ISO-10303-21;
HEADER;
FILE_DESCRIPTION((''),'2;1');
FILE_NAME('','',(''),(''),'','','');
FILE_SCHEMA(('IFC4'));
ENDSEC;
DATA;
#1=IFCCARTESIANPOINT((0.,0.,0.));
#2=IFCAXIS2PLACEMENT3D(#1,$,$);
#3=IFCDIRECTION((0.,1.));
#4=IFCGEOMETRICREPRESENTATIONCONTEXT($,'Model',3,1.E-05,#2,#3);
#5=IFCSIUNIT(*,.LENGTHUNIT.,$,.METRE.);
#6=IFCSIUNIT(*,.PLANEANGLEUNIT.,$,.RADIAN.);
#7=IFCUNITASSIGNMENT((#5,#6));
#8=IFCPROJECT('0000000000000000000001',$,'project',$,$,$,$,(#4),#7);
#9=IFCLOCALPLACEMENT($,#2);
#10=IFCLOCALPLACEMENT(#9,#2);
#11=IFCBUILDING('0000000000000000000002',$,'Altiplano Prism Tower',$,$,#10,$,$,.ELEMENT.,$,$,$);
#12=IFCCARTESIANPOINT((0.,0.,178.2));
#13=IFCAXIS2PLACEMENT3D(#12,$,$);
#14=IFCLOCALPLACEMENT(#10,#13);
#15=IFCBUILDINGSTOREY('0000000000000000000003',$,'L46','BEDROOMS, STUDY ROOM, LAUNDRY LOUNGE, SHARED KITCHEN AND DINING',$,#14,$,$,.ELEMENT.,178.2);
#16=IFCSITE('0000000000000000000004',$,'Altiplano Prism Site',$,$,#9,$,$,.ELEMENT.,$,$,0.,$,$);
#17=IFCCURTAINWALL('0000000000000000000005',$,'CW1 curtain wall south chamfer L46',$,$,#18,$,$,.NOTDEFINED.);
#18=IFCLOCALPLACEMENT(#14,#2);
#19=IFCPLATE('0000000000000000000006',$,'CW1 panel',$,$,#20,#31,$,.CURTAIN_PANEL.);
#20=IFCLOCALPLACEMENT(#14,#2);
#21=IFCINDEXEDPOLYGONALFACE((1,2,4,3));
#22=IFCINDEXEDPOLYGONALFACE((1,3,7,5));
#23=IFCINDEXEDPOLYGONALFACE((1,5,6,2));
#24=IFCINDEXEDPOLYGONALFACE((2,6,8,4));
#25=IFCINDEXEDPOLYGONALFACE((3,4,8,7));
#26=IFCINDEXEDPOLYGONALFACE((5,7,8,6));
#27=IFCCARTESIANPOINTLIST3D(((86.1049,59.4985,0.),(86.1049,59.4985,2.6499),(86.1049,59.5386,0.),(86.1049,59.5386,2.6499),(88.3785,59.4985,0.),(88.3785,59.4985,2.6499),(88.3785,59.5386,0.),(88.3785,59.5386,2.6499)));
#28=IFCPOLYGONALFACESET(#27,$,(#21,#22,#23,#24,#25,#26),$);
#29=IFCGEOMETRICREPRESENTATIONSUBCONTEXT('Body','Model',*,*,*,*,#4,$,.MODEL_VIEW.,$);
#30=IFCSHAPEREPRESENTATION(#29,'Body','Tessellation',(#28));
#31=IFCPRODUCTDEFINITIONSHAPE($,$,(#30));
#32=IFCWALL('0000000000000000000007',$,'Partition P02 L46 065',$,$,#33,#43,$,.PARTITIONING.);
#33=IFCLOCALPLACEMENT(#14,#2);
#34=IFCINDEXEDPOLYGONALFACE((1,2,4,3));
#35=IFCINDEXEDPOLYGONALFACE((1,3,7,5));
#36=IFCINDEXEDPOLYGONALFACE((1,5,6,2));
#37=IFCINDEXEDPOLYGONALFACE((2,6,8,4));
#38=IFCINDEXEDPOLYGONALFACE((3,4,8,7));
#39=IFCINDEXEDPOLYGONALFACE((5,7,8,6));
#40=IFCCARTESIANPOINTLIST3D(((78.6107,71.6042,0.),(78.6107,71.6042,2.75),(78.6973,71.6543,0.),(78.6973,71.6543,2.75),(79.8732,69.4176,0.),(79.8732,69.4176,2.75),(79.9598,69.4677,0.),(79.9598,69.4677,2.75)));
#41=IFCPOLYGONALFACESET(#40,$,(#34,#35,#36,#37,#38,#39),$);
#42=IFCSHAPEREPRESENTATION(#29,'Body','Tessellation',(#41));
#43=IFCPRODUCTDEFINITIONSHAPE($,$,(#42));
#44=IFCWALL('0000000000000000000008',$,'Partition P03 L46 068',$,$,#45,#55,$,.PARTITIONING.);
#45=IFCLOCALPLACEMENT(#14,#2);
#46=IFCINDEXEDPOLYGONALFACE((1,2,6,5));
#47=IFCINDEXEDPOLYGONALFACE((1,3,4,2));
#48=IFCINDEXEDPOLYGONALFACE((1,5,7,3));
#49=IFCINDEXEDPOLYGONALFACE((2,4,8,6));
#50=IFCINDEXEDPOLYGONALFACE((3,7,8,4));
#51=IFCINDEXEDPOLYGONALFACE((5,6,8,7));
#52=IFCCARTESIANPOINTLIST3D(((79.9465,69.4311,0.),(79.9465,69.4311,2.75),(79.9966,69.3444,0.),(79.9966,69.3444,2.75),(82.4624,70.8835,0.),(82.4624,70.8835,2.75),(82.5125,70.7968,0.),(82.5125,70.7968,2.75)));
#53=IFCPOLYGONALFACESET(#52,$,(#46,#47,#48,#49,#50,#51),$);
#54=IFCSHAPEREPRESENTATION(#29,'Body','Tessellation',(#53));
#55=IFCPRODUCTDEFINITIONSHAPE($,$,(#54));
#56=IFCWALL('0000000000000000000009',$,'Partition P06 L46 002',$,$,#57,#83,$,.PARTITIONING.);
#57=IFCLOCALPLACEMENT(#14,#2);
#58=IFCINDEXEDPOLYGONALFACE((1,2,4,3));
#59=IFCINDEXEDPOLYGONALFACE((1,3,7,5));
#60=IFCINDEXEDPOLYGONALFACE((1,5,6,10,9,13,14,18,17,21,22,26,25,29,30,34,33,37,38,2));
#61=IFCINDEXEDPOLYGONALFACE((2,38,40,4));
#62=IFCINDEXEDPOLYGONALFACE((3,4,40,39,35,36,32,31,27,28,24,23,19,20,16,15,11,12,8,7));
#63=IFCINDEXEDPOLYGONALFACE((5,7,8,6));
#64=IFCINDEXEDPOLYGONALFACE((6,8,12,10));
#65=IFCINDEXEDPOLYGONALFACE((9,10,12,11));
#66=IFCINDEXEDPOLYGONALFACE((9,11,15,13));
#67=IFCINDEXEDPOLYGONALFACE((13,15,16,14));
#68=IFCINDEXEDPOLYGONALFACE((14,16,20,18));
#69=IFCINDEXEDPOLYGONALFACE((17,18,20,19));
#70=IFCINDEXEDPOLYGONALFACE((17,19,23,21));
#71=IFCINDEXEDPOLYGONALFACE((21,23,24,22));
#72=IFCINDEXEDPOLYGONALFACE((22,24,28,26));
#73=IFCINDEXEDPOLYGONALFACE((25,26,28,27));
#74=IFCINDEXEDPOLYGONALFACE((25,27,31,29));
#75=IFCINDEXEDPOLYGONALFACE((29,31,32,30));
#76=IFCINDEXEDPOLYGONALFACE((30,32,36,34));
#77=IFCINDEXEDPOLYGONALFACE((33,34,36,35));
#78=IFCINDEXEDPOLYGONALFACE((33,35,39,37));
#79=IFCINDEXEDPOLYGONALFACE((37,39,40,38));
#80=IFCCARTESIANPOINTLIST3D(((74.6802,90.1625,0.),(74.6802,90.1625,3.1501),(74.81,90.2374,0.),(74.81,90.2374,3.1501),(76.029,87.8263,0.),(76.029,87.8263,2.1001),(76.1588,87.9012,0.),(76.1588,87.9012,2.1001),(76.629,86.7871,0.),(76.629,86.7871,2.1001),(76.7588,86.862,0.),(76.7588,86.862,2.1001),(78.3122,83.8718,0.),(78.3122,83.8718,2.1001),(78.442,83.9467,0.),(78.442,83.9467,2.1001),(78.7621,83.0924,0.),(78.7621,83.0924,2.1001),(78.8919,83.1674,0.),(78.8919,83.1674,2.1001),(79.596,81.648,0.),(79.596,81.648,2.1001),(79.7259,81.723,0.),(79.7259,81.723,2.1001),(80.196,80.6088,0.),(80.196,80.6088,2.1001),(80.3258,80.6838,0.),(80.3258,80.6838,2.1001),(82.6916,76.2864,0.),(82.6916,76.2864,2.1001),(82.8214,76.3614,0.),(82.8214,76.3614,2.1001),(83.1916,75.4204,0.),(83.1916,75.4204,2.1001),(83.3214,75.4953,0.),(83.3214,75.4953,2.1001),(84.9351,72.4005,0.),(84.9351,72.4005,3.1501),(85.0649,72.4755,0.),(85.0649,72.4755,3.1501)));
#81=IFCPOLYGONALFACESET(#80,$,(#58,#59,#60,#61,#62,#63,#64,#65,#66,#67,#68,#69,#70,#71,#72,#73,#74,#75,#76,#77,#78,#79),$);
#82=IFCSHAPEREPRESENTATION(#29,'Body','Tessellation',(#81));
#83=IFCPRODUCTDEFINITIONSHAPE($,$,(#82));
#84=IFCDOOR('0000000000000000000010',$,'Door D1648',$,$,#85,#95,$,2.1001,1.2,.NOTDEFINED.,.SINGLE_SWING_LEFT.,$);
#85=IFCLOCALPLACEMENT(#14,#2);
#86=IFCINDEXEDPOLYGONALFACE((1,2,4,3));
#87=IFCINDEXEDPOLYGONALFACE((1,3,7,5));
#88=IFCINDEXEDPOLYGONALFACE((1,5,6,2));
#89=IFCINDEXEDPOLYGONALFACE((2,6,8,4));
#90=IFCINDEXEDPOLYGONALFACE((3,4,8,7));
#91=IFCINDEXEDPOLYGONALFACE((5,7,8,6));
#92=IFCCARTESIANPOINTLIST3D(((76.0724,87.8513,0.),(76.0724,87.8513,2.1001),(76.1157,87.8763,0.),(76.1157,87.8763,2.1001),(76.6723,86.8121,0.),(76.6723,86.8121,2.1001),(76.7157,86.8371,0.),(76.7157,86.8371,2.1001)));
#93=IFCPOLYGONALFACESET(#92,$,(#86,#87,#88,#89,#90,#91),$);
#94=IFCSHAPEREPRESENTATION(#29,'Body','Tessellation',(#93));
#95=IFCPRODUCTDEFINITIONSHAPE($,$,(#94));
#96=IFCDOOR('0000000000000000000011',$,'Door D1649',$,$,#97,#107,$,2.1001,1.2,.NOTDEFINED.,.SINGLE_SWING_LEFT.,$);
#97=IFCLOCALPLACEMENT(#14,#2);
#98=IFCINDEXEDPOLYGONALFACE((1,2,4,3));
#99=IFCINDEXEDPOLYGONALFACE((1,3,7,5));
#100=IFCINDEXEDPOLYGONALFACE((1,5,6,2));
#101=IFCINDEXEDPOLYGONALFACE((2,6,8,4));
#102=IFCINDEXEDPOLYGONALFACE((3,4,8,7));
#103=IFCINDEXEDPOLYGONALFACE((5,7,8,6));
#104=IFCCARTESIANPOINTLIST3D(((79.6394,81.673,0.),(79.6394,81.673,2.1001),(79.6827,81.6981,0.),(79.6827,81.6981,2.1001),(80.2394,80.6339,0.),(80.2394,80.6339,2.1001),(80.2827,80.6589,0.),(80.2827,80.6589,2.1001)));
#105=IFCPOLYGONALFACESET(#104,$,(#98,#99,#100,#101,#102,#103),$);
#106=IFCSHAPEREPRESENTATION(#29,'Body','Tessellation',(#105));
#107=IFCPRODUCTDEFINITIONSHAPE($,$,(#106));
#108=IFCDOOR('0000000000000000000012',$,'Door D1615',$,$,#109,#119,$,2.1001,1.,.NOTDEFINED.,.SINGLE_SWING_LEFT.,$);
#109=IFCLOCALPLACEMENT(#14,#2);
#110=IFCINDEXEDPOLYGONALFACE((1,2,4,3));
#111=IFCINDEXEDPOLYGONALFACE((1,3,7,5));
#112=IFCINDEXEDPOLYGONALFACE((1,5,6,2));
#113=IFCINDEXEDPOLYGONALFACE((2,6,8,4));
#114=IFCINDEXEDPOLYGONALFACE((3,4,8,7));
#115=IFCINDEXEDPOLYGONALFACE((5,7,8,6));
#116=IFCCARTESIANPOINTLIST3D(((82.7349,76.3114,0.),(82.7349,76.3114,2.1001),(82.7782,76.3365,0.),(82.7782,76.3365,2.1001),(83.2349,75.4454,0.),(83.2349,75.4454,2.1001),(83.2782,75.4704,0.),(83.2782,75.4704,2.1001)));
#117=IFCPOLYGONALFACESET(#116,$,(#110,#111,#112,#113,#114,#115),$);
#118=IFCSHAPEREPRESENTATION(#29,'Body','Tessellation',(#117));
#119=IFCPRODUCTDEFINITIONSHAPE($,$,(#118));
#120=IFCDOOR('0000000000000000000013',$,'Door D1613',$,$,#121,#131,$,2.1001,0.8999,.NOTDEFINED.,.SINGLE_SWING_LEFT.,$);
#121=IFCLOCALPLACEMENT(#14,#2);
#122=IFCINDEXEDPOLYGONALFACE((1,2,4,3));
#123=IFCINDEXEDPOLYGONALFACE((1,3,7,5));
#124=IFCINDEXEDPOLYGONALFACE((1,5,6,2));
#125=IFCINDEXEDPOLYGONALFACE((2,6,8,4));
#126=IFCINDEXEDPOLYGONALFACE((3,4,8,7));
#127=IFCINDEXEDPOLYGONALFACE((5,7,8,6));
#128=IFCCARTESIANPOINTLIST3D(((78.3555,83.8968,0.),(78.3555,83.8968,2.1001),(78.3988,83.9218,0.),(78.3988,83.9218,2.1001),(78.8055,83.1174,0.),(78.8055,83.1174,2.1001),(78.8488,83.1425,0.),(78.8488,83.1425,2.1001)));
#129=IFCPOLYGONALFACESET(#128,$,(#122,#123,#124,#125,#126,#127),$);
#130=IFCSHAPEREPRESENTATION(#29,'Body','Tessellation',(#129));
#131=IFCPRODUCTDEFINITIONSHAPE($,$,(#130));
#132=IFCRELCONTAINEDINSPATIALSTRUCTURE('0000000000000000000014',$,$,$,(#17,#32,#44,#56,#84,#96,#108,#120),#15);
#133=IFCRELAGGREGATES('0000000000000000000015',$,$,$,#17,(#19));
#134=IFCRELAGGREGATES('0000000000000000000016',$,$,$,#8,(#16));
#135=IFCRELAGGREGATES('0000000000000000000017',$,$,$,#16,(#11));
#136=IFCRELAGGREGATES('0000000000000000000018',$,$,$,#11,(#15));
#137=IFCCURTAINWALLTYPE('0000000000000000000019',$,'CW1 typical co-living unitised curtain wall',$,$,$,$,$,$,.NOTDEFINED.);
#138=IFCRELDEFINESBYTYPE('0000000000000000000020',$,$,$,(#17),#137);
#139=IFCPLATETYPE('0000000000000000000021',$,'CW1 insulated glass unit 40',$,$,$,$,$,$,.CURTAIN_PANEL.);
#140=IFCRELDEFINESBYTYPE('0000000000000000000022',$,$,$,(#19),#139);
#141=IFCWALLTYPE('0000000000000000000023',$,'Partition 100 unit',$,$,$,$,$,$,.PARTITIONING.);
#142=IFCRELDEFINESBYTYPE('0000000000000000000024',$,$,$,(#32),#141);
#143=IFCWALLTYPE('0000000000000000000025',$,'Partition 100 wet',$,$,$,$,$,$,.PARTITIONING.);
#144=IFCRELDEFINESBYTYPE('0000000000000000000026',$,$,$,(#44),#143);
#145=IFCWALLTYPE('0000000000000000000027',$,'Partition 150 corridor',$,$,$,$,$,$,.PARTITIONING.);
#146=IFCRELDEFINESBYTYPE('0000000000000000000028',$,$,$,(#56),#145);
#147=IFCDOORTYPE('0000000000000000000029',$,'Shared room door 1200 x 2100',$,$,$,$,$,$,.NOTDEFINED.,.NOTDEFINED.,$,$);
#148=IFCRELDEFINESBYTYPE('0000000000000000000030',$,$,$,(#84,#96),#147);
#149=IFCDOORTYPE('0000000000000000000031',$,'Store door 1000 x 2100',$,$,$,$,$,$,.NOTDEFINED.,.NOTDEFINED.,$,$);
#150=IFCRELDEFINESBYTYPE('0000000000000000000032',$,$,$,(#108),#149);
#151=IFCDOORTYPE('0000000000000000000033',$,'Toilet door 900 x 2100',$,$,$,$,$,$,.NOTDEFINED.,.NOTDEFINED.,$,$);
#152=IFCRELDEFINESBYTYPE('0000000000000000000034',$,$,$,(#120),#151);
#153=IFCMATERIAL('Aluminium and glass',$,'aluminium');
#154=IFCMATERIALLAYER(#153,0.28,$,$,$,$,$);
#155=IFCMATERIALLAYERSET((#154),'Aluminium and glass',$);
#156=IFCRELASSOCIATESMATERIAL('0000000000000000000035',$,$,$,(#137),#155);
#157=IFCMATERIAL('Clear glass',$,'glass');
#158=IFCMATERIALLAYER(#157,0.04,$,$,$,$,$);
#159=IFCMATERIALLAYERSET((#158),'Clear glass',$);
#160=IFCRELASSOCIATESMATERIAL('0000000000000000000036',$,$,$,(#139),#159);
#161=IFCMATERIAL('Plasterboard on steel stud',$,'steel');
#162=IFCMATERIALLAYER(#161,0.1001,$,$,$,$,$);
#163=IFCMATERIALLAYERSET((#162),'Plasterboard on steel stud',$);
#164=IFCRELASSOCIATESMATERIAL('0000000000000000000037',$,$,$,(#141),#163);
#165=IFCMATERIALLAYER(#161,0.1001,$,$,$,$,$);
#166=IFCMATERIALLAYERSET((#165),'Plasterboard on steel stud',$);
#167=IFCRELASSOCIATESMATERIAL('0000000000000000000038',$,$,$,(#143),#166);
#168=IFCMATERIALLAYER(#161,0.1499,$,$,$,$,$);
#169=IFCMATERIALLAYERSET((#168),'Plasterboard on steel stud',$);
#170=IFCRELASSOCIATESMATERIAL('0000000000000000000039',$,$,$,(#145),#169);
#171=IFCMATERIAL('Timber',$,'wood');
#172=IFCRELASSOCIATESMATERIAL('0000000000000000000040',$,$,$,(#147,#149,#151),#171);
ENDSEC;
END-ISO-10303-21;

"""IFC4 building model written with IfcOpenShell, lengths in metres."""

from ifc_helpers import new_model, si_unit, direction, frame, frame_2d, origin, origin_2d, place, context, subcontext, project, spatial, rectangle, extrude, material, layer, layer_set, type_object, element, fill, aggregate, save


model = new_model("IFC4")

# Units and contexts
model_context = context("Model", 3, precision=1e-05, world=origin(), true_north=direction((0.0, 1.0)))
body_context = subcontext(model_context, "Body", "Model", "MODEL_VIEW")
ifc_project = project(units=[si_unit("LENGTHUNIT", "METRE"), si_unit("PLANEANGLEUNIT", "RADIAN")], contexts=[model_context])

# Site, building, storey
site_placement = place(None, origin())
site = spatial("IfcSite", under=ifc_project, at=site_placement, Name="Altiplano Prism Site", CompositionType="ELEMENT", RefElevation=0.0)
building_placement = place(site_placement, origin())
building = spatial("IfcBuilding", under=site, at=building_placement, Name="Altiplano Prism Tower", CompositionType="ELEMENT")
storey_placement = place(building_placement, frame((0.0, 0.0, 178.2)))
storey = spatial("IfcBuildingStorey", under=building, at=storey_placement, Name="L46", Description="BEDROOMS, STUDY ROOM, LAUNDRY LOUNGE, SHARED KITCHEN AND DINING", CompositionType="ELEMENT", Elevation=178.2)

# Shared definitions
ifc_material_1 = material(Name="Aluminium and glass", Category="aluminium")
ifc_layer_1 = layer(ifc_material_1, 0.28)
ifc_layer_set_1 = layer_set([ifc_layer_1], Name="Aluminium and glass")
curtain_wall_type = type_object("IfcCurtainWallType", Name="CW1 typical co-living unitised curtain wall", PredefinedType="NOTDEFINED", material=ifc_layer_set_1)

# Curtain wall
curtain_wall_1_placement = place(storey_placement, origin())
curtain_wall_1 = element("IfcCurtainWall", 1, at=curtain_wall_1_placement, inside=storey, type_object=curtain_wall_type, Name="CW1 curtain wall south chamfer L46", PredefinedType="NOTDEFINED")

# Plate
ifc_material_2 = material(Name="Clear glass", Category="glass")
ifc_layer_2 = layer(ifc_material_2, 0.04)
ifc_layer_set_2 = layer_set([ifc_layer_2], Name="Clear glass")
plate_type = type_object("IfcPlateType", Name="CW1 insulated glass unit 40", PredefinedType="CURTAIN_PANEL", material=ifc_layer_set_2)
plate_1_placement = place(storey_placement, frame((87.2417, 59.5186, 0.0), z_axis=(0.0, 0.0, 1.0), x_axis=(1.0, 0.0, 0.0)))
plate_1 = element("IfcPlate", 2, at=plate_1_placement, type_object=plate_type, Name="CW1 panel", PredefinedType="CURTAIN_PANEL", context=body_context, shape_type="SweptSolid", body=[
    extrude(rectangle(XDim=2.2737, YDim=0.04, at=origin_2d()), origin(), (0.0, 0.0, 1.0), 2.6499),
])
aggregate(curtain_wall_1, [plate_1])

# Walls
ifc_material_3 = material(Name="Plasterboard on steel stud", Category="steel")
ifc_layer_3 = layer(ifc_material_3, 0.1001)
ifc_layer_set_3 = layer_set([ifc_layer_3], Name="Plasterboard on steel stud")
wall_type_1 = type_object("IfcWallType", Name="Partition 100 unit", PredefinedType="PARTITIONING", material=ifc_layer_set_3)
wall_1_placement = place(storey_placement, frame((79.9165, 69.4426, 0.0), z_axis=(0.0, 0.0, 1.0), x_axis=(-0.500018, 0.866015, 0.0)))
element("IfcWall", 3, at=wall_1_placement, inside=storey, type_object=wall_type_1, Name="Partition P02 L46 065", PredefinedType="PARTITIONING", context=body_context, shape_type="SweptSolid", body=[
    extrude(rectangle(XDim=2.5249, YDim=0.1001, at=frame_2d((1.2625, 0.0))), origin(), (0.0, 0.0, 1.0), 2.75),
])
ifc_layer_4 = layer(ifc_material_3, 0.1001)
ifc_layer_set_4 = layer_set([ifc_layer_4], Name="Plasterboard on steel stud")
wall_type_2 = type_object("IfcWallType", Name="Partition 100 wet", PredefinedType="PARTITIONING", material=ifc_layer_set_4)
wall_2_placement = place(storey_placement, frame((79.9714, 69.3877, 0.0), z_axis=(0.0, 0.0, 1.0), x_axis=(0.866047, 0.499963, 0.0)))
element("IfcWall", 4, at=wall_2_placement, inside=storey, type_object=wall_type_2, Name="Partition P03 L46 068", PredefinedType="PARTITIONING", context=body_context, shape_type="SweptSolid", body=[
    extrude(rectangle(XDim=2.905, YDim=0.1001, at=frame_2d((1.4526, 0.0))), origin(), (0.0, 0.0, 1.0), 2.75),
])

# Wall, openings, doors
ifc_layer_5 = layer(ifc_material_3, 0.1499)
ifc_layer_set_5 = layer_set([ifc_layer_5], Name="Plasterboard on steel stud")
wall_type_3 = type_object("IfcWallType", Name="Partition 150 corridor", PredefinedType="PARTITIONING", material=ifc_layer_set_5)
wall_3_placement = place(storey_placement, frame((85.0, 72.438, 0.0), z_axis=(0.0, 0.0, 1.0), x_axis=(-0.5, 0.866025, 0.0)))
wall_3 = element("IfcWall", 5, at=wall_3_placement, inside=storey, type_object=wall_type_3, Name="Partition P06 L46 002", PredefinedType="PARTITIONING", context=body_context, shape_type="SweptSolid", body=[
    extrude(rectangle(XDim=20.5098, YDim=0.1499, at=frame_2d((10.2549, 0.0))), origin(), (0.0, 0.0, 1.0), 3.1501),
])
opening_1_placement = place(wall_3_placement, frame((12.3459, 0.0, 0.0)))
opening_1 = element("IfcOpeningElement", 6, at=opening_1_placement, cuts=wall_3, PredefinedType="OPENING", context=body_context, shape_type="SweptSolid", body=[
    extrude(rectangle(XDim=0.8999, YDim=2.1001, at=frame_2d((0.45, 1.05))), frame((0.0, 0.0854, 0.0), z_axis=(0.0, -1.0, 0.0), x_axis=(1.0, 0.0, 0.0)), (0.0, 0.0, 1.0), 0.1709),
])
opening_2_placement = place(wall_3_placement, frame((3.4871, 0.0, 0.0)))
opening_2 = element("IfcOpeningElement", 7, at=opening_2_placement, cuts=wall_3, PredefinedType="OPENING", context=body_context, shape_type="SweptSolid", body=[
    extrude(rectangle(XDim=1.0, YDim=2.1001, at=frame_2d((0.5, 1.05))), frame((0.0, 0.0854, 0.0), z_axis=(0.0, -1.0, 0.0), x_axis=(1.0, 0.0, 0.0)), (0.0, 0.0, 1.0), 0.1709),
])
opening_3_placement = place(wall_3_placement, frame((16.6121, 0.0, 0.0)))
opening_3 = element("IfcOpeningElement", 8, at=opening_3_placement, cuts=wall_3, PredefinedType="OPENING", context=body_context, shape_type="SweptSolid", body=[
    extrude(rectangle(XDim=1.2, YDim=2.1001, at=frame_2d((0.6001, 1.05))), frame((0.0, 0.0854, 0.0), z_axis=(0.0, -1.0, 0.0), x_axis=(1.0, 0.0, 0.0)), (0.0, 0.0, 1.0), 0.1709),
])
opening_4_placement = place(wall_3_placement, frame((9.478, 0.0, 0.0)))
opening_4 = element("IfcOpeningElement", 9, at=opening_4_placement, cuts=wall_3, PredefinedType="OPENING", context=body_context, shape_type="SweptSolid", body=[
    extrude(rectangle(XDim=1.2, YDim=2.1001, at=frame_2d((0.6001, 1.05))), frame((0.0, 0.0854, 0.0), z_axis=(0.0, -1.0, 0.0), x_axis=(1.0, 0.0, 0.0)), (0.0, 0.0, 1.0), 0.1709),
])
ifc_material_4 = material(Name="Timber", Category="wood")
door_type_1 = type_object("IfcDoorType", Name="Shared room door 1200 x 2100", OperationType="NOTDEFINED", PredefinedType="NOTDEFINED", material=ifc_material_4)
door_1_placement = place(opening_3_placement, origin())
door_1 = element("IfcDoor", 10, at=door_1_placement, inside=storey, type_object=door_type_1, Name="Door D1648", OperationType="SINGLE_SWING_LEFT", OverallHeight=2.1001, OverallWidth=1.2, PredefinedType="NOTDEFINED", context=body_context, shape_type="SweptSolid", body=[
    extrude(rectangle(XDim=1.2, YDim=2.1001, at=frame_2d((0.6001, 1.05))), frame((0.0, 0.0249, 0.0), z_axis=(0.0, -1.0, 0.0), x_axis=(1.0, 0.0, 0.0)), (0.0, 0.0, 1.0), 0.05),
])
fill(opening_3, door_1)
door_2_placement = place(opening_4_placement, origin())
door_2 = element("IfcDoor", 11, at=door_2_placement, inside=storey, type_object=door_type_1, Name="Door D1649", OperationType="SINGLE_SWING_LEFT", OverallHeight=2.1001, OverallWidth=1.2, PredefinedType="NOTDEFINED", context=body_context, shape_type="SweptSolid", body=[
    extrude(rectangle(XDim=1.2, YDim=2.1001, at=frame_2d((0.6001, 1.05))), frame((0.0, 0.0249, 0.0), z_axis=(0.0, -1.0, 0.0), x_axis=(1.0, 0.0, 0.0)), (0.0, 0.0, 1.0), 0.05),
])
fill(opening_4, door_2)
door_type_2 = type_object("IfcDoorType", Name="Store door 1000 x 2100", OperationType="NOTDEFINED", PredefinedType="NOTDEFINED", material=ifc_material_4)
door_3_placement = place(opening_2_placement, origin())
door_3 = element("IfcDoor", 12, at=door_3_placement, inside=storey, type_object=door_type_2, Name="Door D1615", OperationType="SINGLE_SWING_LEFT", OverallHeight=2.1001, OverallWidth=1.0, PredefinedType="NOTDEFINED", context=body_context, shape_type="SweptSolid", body=[
    extrude(rectangle(XDim=1.0, YDim=2.1001, at=frame_2d((0.5, 1.05))), frame((0.0, 0.0249, 0.0), z_axis=(0.0, -1.0, 0.0), x_axis=(1.0, 0.0, 0.0)), (0.0, 0.0, 1.0), 0.05),
])
fill(opening_2, door_3)
door_type_3 = type_object("IfcDoorType", Name="Toilet door 900 x 2100", OperationType="NOTDEFINED", PredefinedType="NOTDEFINED", material=ifc_material_4)
door_4_placement = place(opening_1_placement, origin())
door_4 = element("IfcDoor", 13, at=door_4_placement, inside=storey, type_object=door_type_3, Name="Door D1613", OperationType="SINGLE_SWING_LEFT", OverallHeight=2.1001, OverallWidth=0.8999, PredefinedType="NOTDEFINED", context=body_context, shape_type="SweptSolid", body=[
    extrude(rectangle(XDim=0.8999, YDim=2.1001, at=frame_2d((0.45, 1.05))), frame((0.0, 0.0249, 0.0), z_axis=(0.0, -1.0, 0.0), x_axis=(1.0, 0.0, 0.0)), (0.0, 0.0, 1.0), 0.05),
])
fill(opening_1, door_4)

save(model, "model.ifc")
